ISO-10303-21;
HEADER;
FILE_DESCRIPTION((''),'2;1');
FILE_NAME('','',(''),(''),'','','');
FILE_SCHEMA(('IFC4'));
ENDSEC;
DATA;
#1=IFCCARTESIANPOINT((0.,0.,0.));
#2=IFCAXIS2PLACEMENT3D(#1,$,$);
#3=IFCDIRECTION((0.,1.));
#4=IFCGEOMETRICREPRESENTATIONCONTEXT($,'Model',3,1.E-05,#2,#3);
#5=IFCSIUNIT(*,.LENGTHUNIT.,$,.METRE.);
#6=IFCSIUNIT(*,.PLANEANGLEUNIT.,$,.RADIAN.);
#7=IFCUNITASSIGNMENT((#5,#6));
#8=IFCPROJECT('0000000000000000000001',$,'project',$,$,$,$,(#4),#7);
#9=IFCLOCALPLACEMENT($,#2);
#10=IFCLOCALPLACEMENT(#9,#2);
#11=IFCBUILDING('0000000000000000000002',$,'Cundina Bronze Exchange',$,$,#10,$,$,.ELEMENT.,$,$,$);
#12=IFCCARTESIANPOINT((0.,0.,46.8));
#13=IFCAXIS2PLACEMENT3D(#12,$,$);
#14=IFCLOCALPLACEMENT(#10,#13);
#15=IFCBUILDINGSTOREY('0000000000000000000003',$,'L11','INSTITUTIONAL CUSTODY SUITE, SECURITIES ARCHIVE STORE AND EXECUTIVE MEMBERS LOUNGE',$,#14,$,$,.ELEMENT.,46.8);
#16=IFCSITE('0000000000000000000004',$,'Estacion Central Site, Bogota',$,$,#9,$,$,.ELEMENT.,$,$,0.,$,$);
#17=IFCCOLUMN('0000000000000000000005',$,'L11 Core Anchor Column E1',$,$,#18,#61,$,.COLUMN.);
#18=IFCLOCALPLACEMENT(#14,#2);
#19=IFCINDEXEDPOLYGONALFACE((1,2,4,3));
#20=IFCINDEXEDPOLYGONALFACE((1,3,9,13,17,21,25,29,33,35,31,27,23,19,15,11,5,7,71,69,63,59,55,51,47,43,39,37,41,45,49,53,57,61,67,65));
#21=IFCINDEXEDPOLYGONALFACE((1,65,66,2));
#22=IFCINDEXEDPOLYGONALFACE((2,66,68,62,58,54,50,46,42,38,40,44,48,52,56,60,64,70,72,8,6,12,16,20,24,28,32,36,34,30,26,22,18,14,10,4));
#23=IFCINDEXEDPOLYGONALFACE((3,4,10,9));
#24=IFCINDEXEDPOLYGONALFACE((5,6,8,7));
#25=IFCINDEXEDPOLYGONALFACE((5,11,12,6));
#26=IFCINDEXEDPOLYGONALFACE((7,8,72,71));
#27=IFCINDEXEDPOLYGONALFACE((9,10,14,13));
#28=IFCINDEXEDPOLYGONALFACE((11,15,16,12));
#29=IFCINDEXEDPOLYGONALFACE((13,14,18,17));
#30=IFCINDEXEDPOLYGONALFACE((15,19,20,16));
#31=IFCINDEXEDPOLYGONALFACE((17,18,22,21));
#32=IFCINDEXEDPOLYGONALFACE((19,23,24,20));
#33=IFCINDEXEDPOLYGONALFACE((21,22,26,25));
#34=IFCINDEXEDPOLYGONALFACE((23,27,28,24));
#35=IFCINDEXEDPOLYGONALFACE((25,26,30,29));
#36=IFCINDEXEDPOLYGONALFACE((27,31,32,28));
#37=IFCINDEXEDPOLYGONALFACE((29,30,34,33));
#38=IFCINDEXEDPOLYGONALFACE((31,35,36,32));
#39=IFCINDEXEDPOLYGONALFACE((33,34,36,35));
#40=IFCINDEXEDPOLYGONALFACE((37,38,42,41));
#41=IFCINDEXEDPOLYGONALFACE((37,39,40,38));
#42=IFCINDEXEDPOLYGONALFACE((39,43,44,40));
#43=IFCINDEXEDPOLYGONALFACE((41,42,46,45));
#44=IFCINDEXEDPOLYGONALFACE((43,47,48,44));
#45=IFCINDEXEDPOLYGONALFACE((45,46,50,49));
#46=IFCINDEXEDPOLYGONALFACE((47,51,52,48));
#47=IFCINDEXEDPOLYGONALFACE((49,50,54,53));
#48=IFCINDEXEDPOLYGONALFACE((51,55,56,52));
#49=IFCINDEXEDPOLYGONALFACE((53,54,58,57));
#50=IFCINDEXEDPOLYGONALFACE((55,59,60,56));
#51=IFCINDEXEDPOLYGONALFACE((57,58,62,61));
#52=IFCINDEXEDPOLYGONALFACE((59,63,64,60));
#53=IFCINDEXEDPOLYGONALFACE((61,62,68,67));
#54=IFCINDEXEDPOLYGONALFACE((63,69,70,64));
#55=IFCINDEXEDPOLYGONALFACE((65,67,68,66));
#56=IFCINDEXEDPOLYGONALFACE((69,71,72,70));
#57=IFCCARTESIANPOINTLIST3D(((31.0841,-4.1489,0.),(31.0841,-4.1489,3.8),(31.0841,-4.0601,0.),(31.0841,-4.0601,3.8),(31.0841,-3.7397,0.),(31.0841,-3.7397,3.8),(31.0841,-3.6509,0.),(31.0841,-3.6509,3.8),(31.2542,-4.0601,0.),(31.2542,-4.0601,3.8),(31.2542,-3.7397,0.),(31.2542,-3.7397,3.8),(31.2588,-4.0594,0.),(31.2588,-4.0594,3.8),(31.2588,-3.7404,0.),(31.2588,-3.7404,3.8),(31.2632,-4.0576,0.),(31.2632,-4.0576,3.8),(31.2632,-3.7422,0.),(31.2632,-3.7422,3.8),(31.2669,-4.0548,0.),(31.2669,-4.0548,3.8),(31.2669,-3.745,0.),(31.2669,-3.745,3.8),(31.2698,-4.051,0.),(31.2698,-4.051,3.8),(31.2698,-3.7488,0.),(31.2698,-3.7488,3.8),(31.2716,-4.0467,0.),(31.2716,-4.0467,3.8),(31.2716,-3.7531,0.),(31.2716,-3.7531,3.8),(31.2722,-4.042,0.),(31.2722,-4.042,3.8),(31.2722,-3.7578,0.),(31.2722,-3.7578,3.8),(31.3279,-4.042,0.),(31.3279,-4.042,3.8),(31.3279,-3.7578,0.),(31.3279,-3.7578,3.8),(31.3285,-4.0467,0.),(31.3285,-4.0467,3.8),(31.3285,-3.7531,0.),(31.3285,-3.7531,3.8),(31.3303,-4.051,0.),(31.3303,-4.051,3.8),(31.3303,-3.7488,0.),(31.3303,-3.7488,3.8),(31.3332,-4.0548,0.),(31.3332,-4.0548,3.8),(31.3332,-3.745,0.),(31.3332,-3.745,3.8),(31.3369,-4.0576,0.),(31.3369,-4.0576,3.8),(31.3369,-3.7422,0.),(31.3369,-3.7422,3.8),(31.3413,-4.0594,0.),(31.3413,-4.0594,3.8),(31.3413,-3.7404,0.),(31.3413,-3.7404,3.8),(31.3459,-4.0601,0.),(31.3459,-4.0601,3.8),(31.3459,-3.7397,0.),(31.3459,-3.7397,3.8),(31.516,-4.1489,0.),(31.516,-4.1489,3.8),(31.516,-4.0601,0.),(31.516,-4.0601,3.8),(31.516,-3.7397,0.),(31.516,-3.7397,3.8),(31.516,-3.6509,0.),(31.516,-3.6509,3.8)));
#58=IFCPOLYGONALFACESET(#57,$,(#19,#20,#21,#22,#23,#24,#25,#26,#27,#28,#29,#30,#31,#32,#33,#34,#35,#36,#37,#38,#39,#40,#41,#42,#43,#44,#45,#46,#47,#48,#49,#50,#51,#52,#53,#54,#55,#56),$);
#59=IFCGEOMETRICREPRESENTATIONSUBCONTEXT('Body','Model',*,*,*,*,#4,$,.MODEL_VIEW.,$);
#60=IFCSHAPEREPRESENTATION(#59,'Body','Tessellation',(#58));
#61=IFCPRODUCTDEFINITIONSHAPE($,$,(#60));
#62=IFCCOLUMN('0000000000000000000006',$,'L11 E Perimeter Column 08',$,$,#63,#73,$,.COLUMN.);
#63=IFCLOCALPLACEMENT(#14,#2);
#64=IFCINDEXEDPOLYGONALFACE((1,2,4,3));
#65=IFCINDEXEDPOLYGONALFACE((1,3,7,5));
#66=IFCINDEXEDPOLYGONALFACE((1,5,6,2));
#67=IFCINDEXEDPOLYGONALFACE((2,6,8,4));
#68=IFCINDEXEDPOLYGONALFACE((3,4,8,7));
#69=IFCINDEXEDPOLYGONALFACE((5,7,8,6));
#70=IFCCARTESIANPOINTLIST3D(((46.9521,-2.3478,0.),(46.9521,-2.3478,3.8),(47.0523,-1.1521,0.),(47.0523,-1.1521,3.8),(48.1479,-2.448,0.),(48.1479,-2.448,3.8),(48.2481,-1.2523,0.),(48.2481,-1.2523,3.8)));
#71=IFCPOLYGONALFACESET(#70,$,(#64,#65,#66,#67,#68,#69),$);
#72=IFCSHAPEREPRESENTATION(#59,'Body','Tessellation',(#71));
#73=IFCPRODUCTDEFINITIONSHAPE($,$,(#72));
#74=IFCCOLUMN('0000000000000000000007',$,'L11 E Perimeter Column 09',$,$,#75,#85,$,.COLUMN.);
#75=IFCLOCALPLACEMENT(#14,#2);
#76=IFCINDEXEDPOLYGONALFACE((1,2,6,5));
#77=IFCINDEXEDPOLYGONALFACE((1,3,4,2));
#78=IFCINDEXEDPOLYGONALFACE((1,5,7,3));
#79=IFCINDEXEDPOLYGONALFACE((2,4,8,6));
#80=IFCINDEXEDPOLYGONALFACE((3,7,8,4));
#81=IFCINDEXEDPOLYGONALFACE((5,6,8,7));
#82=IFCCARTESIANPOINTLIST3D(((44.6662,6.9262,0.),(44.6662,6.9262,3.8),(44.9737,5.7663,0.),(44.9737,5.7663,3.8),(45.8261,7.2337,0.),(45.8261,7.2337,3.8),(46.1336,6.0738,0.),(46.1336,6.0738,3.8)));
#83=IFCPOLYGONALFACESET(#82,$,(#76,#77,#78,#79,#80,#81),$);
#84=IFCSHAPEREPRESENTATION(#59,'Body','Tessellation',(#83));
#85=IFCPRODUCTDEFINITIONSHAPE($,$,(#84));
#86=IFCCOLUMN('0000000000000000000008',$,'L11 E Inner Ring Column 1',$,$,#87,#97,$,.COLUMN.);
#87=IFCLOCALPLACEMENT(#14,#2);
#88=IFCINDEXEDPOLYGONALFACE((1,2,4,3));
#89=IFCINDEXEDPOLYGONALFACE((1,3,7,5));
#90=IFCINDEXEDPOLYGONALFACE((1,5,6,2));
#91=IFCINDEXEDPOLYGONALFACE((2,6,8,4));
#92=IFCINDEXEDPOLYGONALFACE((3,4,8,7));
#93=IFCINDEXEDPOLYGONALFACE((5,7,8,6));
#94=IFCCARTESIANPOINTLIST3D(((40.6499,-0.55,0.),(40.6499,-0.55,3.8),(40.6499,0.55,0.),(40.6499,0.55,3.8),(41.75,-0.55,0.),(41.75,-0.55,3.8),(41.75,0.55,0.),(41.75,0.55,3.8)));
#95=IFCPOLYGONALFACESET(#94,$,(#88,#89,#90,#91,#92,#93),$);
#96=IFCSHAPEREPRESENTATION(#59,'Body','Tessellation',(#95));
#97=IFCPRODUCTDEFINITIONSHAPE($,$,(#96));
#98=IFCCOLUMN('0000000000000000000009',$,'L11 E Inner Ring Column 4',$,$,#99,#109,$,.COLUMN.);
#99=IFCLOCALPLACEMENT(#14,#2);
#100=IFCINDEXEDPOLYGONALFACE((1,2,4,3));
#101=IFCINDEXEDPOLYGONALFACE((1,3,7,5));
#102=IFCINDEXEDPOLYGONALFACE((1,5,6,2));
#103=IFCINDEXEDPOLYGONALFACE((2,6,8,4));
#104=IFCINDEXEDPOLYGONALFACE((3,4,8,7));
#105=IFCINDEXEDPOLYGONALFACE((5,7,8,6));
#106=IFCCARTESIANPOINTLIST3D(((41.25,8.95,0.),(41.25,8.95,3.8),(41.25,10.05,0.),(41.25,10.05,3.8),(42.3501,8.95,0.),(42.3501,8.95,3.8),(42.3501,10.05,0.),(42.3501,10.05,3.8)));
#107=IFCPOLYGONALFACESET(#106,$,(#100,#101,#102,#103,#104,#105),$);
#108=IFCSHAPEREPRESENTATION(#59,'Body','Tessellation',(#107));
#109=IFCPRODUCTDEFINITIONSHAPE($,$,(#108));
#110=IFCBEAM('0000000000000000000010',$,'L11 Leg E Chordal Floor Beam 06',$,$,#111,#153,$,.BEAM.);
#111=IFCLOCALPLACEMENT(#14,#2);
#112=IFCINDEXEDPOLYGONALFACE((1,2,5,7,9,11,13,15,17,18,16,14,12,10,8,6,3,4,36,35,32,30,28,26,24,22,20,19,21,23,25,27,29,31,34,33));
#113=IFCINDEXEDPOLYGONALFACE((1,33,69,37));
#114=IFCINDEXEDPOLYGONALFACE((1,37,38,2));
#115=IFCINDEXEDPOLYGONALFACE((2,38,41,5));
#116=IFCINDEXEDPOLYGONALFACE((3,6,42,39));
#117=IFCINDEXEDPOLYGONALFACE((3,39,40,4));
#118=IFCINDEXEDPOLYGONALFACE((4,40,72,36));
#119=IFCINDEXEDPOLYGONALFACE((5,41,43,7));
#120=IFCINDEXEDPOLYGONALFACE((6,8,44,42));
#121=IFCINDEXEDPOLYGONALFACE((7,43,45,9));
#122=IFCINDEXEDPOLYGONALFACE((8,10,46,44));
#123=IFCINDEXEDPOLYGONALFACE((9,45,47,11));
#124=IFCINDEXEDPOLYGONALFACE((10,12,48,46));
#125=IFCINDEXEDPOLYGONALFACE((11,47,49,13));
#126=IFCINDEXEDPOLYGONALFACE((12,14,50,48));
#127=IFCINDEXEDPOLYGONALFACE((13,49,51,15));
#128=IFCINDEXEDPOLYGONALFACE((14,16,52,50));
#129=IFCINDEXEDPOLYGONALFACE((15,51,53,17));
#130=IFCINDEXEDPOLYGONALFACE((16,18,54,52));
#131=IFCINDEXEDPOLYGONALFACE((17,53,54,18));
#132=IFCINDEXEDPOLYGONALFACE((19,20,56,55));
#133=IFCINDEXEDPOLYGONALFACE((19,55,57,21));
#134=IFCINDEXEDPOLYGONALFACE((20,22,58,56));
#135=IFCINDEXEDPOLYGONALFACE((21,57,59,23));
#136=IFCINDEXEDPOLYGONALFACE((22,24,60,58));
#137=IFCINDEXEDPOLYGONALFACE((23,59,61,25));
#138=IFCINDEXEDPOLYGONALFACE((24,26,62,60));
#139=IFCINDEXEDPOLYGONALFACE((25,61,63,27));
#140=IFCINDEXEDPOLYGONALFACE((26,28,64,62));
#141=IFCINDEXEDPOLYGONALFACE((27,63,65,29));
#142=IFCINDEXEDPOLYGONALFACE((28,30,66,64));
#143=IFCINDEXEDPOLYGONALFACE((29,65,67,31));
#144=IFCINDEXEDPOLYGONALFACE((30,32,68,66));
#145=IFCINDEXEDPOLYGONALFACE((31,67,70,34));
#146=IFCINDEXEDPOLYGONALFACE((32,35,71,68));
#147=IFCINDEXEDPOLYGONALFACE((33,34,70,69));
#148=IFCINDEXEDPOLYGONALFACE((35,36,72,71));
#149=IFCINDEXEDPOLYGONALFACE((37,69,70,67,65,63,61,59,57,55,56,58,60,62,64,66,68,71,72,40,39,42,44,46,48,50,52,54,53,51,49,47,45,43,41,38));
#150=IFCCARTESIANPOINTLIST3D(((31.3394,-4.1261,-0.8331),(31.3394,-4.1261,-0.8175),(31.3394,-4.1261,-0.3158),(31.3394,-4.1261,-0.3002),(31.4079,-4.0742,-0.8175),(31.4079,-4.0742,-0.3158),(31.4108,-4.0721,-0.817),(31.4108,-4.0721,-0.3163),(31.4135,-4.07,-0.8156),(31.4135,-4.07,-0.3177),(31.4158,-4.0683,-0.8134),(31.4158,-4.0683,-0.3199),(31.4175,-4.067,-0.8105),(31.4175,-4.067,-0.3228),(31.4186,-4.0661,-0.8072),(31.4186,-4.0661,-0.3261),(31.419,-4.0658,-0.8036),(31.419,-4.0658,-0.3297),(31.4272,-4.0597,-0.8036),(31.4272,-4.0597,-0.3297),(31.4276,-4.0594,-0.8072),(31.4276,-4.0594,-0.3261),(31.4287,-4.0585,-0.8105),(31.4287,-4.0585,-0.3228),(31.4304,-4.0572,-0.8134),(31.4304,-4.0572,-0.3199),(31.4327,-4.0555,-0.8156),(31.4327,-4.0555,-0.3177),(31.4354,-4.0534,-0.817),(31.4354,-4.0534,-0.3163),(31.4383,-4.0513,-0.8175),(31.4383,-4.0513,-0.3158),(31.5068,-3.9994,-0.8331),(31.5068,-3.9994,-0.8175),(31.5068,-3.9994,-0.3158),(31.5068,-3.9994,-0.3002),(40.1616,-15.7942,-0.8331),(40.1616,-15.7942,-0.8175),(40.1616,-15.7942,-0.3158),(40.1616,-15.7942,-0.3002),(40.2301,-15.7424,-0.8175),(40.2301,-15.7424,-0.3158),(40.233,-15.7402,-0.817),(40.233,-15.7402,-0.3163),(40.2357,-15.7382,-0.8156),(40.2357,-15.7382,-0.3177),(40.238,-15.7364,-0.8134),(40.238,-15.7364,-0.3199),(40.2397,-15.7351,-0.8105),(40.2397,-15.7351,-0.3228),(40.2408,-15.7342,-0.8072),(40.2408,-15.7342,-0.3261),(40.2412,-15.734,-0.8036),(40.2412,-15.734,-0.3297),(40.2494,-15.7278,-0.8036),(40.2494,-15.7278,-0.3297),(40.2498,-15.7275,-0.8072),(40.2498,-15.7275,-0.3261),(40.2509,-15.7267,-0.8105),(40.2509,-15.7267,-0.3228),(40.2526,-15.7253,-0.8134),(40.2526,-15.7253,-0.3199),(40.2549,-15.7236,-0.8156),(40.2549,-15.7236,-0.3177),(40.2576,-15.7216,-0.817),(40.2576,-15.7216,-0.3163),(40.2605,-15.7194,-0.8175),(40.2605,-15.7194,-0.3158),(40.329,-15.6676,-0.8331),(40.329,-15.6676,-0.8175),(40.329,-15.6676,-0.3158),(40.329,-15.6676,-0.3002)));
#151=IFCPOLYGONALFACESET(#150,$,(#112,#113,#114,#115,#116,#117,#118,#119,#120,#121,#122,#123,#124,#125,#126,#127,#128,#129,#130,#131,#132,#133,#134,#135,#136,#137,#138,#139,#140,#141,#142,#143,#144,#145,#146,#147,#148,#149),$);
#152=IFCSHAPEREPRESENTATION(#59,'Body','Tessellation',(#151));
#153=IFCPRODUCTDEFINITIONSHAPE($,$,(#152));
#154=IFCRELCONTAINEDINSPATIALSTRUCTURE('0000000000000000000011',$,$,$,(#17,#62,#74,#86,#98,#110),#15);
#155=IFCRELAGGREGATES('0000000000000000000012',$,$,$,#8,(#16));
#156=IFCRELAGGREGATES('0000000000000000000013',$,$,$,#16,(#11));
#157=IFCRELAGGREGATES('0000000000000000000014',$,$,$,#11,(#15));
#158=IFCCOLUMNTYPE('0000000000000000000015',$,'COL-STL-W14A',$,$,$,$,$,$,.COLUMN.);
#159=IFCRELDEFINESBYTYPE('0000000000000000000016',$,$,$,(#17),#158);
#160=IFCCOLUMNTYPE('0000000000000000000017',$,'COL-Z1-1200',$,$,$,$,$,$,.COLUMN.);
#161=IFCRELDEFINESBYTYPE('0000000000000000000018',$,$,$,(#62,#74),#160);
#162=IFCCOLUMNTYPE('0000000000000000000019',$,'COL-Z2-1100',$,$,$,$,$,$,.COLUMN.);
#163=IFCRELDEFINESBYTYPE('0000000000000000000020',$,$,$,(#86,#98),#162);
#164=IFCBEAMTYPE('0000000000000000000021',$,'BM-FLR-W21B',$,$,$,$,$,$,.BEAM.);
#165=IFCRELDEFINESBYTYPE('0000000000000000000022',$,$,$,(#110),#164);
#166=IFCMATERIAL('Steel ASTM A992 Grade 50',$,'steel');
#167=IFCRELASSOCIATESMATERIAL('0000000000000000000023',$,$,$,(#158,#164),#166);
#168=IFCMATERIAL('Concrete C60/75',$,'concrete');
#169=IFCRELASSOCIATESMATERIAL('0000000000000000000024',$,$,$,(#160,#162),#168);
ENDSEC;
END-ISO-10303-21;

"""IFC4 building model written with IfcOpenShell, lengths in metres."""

from ifc_helpers import new_model, si_unit, direction, frame, origin, origin_2d, place, context, subcontext, project, spatial, rectangle, i_section, extrude, material, material_profile, profile_set, type_object, element, save


model = new_model("IFC4")

# Units and contexts
model_context = context("Model", 3, precision=1e-05, world=origin(), true_north=direction((0.0, 1.0)))
body_context = subcontext(model_context, "Body", "Model", "MODEL_VIEW")
ifc_project = project(units=[si_unit("LENGTHUNIT", "METRE"), si_unit("PLANEANGLEUNIT", "RADIAN")], contexts=[model_context])

# Site, building, storey
site_placement = place(None, origin())
site = spatial("IfcSite", under=ifc_project, at=site_placement, Name="Estacion Central Site, Bogota", CompositionType="ELEMENT", RefElevation=0.0)
building_placement = place(site_placement, origin())
building = spatial("IfcBuilding", under=site, at=building_placement, Name="Cundina Bronze Exchange", CompositionType="ELEMENT")
storey_placement = place(building_placement, frame((0.0, 0.0, 46.8)))
storey = spatial("IfcBuildingStorey", under=building, at=storey_placement, Name="L11", Description="INSTITUTIONAL CUSTODY SUITE, SECURITIES ARCHIVE STORE AND EXECUTIVE MEMBERS LOUNGE", CompositionType="ELEMENT", Elevation=46.8)

# Columns
ifc_material_1 = material(Name="Steel ASTM A992 Grade 50", Category="steel")
ifc_material_profile_1 = material_profile(ifc_material_1, i_section(OverallWidth=0.4319, OverallDepth=0.498, WebThickness=0.0557, FlangeThickness=0.0889, FilletRadius=0.0181, at=origin_2d()), Name="W14X500", Category="steel")
ifc_profile_set_1 = profile_set([ifc_material_profile_1], Name="Steel ASTM A992 Grade 50")
column_type_1 = type_object("IfcColumnType", Name="COL-STL-W14A", PredefinedType="COLUMN", material=ifc_profile_set_1)
column_placement = place(storey_placement, frame((31.3, -3.8999, 0.0), z_axis=(0.0, 0.0, 1.0), x_axis=(1.0, 0.0, 0.0)))
element("IfcColumn", 1, at=column_placement, inside=storey, type_object=column_type_1, Name="L11 Core Anchor Column E1", PredefinedType="COLUMN", context=body_context, shape_type="SweptSolid", body=[
    extrude(i_section(OverallWidth=0.4319, OverallDepth=0.498, WebThickness=0.0557, FlangeThickness=0.0889, FilletRadius=0.0181, at=origin_2d()), origin(), (0.0, 0.0, 1.0), 3.8),
])
ifc_material_2 = material(Name="Concrete C60/75", Category="concrete")
ifc_material_profile_2 = material_profile(ifc_material_2, rectangle(XDim=1.2, YDim=1.2, at=origin_2d()), Name="RC1200X1200", Category="concrete")
ifc_profile_set_2 = profile_set([ifc_material_profile_2], Name="Concrete C60/75")
column_type_2 = type_object("IfcColumnType", Name="COL-Z1-1200", PredefinedType="COLUMN", material=ifc_profile_set_2)
for number, where, z_axis, x_axis, name in (
    (2, (47.6001, -1.8, 0.0), (0.0, 0.0, 1.0), (0.083504, 0.996507, 0.0), "L11 E Perimeter Column 08"),
    (3, (45.3999, 6.5, 0.0), (0.0, 0.0, 1.0), (-0.256289, 0.9666, 0.0), "L11 E Perimeter Column 09"),
):
    element("IfcColumn", number, at=place(storey_placement, frame(where, z_axis=z_axis, x_axis=x_axis)), inside=storey, type_object=column_type_2, Name=name, PredefinedType="COLUMN", context=body_context, shape_type="SweptSolid", body=[
        extrude(rectangle(XDim=1.2, YDim=1.2, at=origin_2d()), origin(), (0.0, 0.0, 1.0), 3.8),
    ])
ifc_material_profile_3 = material_profile(ifc_material_2, rectangle(XDim=1.1001, YDim=1.1001, at=origin_2d()), Name="RC1100X1100", Category="concrete")
ifc_profile_set_3 = profile_set([ifc_material_profile_3], Name="Concrete C60/75")
column_type_3 = type_object("IfcColumnType", Name="COL-Z2-1100", PredefinedType="COLUMN", material=ifc_profile_set_3)
for number, where, z_axis, x_axis, name in (
    (4, (41.2, 0.0, 0.0), (0.0, 0.0, 1.0), (1.0, 0.0, 0.0), "L11 E Inner Ring Column 1"),
    (5, (41.8, 9.5, 0.0), (0.0, 0.0, 1.0), (1.0, 0.0, 0.0), "L11 E Inner Ring Column 4"),
):
    element("IfcColumn", number, at=place(storey_placement, frame(where, z_axis=z_axis, x_axis=x_axis)), inside=storey, type_object=column_type_3, Name=name, PredefinedType="COLUMN", context=body_context, shape_type="SweptSolid", body=[
        extrude(rectangle(XDim=1.1001, YDim=1.1001, at=origin_2d()), origin(), (0.0, 0.0, 1.0), 3.8),
    ])

# Beam
ifc_material_profile_4 = material_profile(ifc_material_1, i_section(OverallWidth=0.21, OverallDepth=0.533, WebThickness=0.0103, FlangeThickness=0.0156, FilletRadius=0.0139, at=origin_2d()), Name="W21X62", Category="steel")
ifc_profile_set_4 = profile_set([ifc_material_profile_4], Name="Steel ASTM A992 Grade 50")
beam_type_1 = type_object("IfcBeamType", Name="BM-FLR-W21B", PredefinedType="BEAM", material=ifc_profile_set_4)
beam_1_placement = place(storey_placement, frame((31.4231, -4.0627, -0.5667), z_axis=(0.603106, -0.797661, 0.0), x_axis=(0.797661, 0.603106, 0.0)))
element("IfcBeam", 6, at=beam_1_placement, inside=storey, type_object=beam_type_1, Name="L11 Leg E Chordal Floor Beam 06", PredefinedType="BEAM", context=body_context, shape_type="SweptSolid", body=[
    extrude(i_section(OverallWidth=0.21, OverallDepth=0.533, WebThickness=0.0103, FlangeThickness=0.0156, FilletRadius=0.0139, at=origin_2d()), origin(), (0.0, 0.0, 1.0), 14.6279),
])

save(model, "model.ifc")
